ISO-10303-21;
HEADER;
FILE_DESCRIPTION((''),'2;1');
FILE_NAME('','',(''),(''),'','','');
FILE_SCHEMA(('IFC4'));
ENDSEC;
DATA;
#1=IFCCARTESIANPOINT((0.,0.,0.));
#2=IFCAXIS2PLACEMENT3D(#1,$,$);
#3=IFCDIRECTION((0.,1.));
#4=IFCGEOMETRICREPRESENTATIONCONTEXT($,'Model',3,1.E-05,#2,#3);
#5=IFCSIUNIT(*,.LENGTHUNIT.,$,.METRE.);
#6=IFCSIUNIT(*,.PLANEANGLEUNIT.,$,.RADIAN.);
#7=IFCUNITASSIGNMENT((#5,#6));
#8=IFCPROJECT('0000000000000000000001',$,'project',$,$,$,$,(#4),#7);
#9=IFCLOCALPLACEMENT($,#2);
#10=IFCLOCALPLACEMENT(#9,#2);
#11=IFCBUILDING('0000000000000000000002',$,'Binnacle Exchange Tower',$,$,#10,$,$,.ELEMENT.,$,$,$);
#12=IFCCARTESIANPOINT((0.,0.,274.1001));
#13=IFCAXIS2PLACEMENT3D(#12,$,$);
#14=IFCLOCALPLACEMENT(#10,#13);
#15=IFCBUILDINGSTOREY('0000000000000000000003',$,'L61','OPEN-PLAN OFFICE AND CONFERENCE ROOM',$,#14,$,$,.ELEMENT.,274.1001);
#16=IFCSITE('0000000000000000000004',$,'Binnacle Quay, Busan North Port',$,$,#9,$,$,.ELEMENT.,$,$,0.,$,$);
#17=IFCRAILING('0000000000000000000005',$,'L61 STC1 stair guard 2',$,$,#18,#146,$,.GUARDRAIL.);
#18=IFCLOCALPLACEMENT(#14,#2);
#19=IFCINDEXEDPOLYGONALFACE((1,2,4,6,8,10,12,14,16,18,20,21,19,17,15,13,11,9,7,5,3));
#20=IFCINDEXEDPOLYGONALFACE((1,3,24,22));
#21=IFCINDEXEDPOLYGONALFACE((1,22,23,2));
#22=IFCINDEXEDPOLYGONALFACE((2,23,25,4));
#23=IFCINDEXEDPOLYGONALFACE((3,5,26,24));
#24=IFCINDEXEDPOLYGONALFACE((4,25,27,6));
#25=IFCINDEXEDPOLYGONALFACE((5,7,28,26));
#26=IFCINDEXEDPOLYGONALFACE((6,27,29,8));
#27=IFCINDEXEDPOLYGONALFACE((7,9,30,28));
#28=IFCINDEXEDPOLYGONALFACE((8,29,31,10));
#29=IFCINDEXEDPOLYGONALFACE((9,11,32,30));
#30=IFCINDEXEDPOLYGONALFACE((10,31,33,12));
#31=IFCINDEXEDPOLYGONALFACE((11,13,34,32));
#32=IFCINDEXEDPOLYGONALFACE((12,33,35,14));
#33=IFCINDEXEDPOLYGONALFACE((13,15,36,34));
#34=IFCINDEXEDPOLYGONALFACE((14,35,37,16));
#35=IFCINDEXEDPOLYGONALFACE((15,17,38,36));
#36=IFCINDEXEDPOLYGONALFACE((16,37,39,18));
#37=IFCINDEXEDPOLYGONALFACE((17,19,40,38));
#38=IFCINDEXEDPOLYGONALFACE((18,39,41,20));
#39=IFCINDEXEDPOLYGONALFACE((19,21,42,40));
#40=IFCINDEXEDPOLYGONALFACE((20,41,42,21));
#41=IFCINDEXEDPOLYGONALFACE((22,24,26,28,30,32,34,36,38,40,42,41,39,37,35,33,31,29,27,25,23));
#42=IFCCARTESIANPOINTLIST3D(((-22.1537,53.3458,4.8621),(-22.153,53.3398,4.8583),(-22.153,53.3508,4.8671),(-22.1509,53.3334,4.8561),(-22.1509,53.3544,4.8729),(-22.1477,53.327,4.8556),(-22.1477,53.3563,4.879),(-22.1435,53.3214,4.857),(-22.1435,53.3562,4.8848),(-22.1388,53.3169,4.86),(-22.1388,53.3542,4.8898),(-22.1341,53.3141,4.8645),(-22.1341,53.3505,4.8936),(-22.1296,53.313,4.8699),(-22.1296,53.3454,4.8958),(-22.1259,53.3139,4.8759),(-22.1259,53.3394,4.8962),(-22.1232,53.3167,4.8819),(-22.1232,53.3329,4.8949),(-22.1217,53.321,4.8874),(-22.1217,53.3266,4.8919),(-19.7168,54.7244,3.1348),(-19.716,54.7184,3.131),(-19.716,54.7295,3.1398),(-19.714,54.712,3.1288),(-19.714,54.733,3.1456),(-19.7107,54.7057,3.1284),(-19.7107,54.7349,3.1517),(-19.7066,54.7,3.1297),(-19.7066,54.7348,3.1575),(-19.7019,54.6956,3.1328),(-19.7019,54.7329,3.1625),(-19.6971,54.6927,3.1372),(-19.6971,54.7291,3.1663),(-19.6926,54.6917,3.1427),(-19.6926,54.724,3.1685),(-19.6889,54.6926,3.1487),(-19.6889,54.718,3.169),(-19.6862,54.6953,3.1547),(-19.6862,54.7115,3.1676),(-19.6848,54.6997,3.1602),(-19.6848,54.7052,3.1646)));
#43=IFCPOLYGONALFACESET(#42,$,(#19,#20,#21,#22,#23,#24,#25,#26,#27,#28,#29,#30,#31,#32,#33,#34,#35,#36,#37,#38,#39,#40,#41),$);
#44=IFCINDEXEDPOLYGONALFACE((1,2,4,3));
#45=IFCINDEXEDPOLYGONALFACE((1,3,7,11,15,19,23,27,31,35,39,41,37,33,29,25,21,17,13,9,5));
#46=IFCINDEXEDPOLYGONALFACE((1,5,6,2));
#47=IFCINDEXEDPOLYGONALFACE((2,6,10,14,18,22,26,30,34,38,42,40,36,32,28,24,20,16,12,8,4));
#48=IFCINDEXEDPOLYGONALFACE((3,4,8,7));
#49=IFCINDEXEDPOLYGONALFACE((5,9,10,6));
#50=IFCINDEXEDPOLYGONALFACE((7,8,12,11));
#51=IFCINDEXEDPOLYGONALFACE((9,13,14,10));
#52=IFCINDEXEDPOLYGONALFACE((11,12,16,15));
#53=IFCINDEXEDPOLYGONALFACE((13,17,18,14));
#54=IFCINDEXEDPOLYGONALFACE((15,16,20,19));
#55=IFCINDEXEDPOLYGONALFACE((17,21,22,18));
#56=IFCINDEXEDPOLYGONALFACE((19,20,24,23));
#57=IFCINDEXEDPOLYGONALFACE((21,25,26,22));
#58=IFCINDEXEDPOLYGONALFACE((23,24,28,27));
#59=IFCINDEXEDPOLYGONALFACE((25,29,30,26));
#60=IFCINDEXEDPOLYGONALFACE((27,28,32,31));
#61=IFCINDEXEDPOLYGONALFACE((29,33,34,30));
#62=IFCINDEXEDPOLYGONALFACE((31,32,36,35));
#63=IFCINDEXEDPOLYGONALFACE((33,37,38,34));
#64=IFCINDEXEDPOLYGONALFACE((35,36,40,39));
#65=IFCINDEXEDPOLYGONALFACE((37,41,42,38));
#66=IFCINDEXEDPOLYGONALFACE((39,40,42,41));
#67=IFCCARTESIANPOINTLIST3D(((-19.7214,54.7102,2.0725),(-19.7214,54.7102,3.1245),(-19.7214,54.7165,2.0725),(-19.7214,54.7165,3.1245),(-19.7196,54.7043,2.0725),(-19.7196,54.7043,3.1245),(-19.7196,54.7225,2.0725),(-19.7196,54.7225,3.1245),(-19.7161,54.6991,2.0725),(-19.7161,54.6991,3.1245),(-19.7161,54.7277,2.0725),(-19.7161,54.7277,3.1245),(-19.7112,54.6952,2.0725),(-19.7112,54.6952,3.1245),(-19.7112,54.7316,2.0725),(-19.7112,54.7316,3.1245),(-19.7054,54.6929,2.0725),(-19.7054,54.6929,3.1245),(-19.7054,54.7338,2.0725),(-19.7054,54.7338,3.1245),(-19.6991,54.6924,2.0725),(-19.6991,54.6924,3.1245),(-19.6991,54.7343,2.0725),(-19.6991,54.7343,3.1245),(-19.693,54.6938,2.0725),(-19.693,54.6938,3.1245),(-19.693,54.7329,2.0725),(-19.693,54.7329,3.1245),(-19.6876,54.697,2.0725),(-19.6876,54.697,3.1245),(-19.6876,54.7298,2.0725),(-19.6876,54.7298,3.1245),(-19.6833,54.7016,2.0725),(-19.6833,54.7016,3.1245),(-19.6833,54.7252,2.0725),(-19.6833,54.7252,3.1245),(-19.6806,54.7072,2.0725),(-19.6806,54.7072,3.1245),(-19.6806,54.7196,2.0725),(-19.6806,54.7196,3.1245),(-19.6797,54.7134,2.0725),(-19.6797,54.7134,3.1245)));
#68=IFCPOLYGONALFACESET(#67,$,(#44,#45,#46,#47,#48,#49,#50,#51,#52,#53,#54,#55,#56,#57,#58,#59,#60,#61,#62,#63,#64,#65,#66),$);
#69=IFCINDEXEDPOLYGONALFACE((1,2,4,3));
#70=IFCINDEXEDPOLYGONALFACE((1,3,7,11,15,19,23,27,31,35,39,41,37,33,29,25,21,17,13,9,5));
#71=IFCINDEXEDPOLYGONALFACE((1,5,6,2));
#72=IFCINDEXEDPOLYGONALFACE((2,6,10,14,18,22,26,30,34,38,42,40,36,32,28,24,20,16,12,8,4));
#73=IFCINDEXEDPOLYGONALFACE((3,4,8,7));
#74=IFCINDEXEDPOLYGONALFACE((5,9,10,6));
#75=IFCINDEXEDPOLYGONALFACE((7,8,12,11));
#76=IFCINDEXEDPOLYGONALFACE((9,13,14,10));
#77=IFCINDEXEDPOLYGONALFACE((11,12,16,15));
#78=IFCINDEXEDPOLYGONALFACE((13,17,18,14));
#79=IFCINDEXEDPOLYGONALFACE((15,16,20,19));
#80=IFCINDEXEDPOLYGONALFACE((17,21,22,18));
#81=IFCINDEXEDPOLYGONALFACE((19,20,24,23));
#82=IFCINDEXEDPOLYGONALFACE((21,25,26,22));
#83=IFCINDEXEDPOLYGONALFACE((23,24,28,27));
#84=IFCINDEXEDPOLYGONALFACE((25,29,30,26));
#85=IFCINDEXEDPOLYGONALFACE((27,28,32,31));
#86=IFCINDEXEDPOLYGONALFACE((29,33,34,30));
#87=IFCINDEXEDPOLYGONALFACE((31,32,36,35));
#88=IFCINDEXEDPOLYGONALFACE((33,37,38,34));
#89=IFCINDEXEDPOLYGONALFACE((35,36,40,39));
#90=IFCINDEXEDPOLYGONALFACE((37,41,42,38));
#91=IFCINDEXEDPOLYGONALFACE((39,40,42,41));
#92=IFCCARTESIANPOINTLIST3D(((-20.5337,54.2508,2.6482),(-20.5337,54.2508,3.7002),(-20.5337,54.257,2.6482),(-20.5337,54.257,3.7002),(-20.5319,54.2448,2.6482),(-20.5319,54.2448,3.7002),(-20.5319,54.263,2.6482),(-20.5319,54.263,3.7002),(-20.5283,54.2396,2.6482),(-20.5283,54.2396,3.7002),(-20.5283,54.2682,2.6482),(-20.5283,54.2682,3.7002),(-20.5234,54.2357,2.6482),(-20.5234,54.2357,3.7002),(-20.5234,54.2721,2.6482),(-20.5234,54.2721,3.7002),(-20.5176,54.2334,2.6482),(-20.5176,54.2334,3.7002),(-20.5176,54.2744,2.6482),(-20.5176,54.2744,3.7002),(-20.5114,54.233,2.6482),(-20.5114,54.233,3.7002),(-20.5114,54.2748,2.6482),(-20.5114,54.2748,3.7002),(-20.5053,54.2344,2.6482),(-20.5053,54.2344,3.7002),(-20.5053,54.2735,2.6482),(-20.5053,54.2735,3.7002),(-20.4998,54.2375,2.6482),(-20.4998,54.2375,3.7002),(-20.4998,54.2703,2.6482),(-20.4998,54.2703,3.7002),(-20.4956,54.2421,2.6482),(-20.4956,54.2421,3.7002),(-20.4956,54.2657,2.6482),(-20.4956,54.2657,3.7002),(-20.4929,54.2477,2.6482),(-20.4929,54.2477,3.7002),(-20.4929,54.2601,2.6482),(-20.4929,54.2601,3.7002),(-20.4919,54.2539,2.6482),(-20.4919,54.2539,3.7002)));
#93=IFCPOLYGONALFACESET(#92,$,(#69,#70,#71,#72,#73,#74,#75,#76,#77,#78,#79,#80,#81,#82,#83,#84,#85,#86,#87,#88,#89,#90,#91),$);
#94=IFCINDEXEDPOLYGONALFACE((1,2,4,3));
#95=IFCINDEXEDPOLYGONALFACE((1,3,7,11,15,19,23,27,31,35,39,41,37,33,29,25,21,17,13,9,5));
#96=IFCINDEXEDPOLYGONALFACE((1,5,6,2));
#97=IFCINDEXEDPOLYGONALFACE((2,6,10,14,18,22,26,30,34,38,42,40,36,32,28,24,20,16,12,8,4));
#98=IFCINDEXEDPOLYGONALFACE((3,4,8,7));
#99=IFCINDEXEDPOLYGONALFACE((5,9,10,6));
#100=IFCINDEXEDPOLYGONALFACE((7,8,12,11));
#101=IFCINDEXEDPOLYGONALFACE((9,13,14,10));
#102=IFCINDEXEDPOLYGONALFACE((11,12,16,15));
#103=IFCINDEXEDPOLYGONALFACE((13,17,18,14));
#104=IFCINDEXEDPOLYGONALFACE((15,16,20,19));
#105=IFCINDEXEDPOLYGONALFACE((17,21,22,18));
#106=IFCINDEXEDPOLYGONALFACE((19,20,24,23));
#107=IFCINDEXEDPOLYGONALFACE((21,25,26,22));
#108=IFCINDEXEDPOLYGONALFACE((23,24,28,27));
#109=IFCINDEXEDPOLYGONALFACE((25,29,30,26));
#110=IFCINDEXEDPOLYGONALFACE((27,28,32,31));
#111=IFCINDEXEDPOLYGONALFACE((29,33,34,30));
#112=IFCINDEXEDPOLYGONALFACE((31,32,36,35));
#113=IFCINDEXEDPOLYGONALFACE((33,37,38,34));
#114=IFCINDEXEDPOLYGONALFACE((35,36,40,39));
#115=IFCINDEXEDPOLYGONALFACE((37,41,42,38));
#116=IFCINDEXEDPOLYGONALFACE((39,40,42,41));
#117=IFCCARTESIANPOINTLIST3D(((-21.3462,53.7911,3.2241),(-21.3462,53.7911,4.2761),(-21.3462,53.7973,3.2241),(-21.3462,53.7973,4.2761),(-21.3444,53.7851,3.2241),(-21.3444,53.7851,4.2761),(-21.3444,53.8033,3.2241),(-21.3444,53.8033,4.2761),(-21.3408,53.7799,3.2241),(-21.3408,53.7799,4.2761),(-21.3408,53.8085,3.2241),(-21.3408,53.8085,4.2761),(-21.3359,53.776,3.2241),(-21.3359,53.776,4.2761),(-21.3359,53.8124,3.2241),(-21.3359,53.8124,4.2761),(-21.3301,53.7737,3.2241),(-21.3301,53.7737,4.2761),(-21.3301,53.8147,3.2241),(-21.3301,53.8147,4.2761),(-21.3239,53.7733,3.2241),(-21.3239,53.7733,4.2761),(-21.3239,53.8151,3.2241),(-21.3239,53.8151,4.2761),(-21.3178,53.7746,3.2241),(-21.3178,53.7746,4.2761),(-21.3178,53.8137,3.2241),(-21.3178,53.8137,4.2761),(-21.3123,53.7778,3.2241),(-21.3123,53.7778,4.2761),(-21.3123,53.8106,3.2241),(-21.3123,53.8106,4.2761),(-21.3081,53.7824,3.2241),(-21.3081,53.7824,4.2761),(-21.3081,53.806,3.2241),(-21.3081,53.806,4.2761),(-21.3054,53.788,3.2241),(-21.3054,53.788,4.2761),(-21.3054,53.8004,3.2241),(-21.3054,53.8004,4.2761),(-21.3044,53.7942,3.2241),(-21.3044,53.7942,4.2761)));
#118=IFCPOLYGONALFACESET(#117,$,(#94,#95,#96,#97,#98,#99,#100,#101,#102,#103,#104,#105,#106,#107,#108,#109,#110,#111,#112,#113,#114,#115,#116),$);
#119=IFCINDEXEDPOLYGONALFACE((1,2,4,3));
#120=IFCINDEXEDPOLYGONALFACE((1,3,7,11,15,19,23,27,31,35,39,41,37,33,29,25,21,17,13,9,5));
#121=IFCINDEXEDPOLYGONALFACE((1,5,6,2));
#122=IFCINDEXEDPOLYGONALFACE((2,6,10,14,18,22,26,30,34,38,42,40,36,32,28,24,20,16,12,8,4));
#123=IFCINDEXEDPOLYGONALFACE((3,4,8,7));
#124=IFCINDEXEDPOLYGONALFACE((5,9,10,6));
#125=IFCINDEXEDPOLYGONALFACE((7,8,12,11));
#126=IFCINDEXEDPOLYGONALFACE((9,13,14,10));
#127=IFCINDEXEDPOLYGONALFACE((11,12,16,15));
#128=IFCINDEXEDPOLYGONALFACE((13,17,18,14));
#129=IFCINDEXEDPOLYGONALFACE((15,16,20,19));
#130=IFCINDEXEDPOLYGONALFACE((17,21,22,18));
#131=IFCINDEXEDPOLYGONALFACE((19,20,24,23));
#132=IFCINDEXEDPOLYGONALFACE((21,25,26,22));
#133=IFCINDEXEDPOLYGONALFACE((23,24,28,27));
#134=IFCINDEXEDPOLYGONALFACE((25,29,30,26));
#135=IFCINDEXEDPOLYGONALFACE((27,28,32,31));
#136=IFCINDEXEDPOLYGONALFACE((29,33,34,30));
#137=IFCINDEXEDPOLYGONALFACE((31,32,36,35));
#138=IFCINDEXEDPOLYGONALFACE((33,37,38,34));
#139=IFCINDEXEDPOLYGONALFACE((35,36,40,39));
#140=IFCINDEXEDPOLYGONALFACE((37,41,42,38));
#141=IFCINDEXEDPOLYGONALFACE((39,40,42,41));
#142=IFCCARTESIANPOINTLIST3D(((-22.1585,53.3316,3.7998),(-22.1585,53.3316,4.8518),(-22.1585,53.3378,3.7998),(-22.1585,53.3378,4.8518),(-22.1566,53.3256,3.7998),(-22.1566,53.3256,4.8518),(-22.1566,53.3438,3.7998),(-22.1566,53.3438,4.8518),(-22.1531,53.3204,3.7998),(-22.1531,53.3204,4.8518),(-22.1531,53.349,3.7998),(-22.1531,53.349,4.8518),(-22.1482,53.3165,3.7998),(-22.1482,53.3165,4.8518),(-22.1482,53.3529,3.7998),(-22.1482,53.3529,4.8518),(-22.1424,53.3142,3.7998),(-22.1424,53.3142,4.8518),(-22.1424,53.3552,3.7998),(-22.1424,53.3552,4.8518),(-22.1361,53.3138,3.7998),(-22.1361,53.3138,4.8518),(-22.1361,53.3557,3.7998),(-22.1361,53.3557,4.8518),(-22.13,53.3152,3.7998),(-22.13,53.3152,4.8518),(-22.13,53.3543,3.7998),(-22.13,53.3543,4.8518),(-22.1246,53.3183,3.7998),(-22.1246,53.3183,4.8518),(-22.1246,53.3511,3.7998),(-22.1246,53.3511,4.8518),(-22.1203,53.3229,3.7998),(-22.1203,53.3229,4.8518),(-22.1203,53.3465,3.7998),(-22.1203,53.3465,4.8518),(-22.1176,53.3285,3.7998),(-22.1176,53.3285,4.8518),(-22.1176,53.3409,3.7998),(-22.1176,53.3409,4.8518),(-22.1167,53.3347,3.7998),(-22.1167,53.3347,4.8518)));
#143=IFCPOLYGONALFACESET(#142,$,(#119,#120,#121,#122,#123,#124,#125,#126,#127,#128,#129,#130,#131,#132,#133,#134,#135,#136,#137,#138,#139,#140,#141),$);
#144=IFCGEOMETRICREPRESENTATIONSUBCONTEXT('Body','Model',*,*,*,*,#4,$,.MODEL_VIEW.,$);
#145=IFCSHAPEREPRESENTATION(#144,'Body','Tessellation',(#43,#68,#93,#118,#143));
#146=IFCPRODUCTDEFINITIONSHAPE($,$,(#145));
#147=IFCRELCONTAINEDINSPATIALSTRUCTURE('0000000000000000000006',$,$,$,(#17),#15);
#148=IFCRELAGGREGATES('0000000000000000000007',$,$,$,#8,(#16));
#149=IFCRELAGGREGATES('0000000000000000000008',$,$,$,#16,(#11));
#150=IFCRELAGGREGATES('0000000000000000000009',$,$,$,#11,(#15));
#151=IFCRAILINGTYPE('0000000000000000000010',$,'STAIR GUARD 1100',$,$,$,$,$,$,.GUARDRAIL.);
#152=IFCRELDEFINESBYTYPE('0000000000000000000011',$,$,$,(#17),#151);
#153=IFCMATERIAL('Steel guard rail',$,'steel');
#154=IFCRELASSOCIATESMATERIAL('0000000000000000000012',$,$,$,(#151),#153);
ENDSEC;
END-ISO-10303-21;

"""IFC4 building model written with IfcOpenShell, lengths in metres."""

from ifc_helpers import new_model, si_unit, direction, frame, origin, origin_2d, place, context, subcontext, project, spatial, circle, extrude, material, type_object, element, save


model = new_model("IFC4")

# Units and contexts
model_context = context("Model", 3, precision=1e-05, world=origin(), true_north=direction((0.0, 1.0)))
body_context = subcontext(model_context, "Body", "Model", "MODEL_VIEW")
ifc_project = project(units=[si_unit("LENGTHUNIT", "METRE"), si_unit("PLANEANGLEUNIT", "RADIAN")], contexts=[model_context])

# Site, building, storey
site_placement = place(None, origin())
site = spatial("IfcSite", under=ifc_project, at=site_placement, Name="Binnacle Quay, Busan North Port", CompositionType="ELEMENT", RefElevation=0.0)
building_placement = place(site_placement, origin())
building = spatial("IfcBuilding", under=site, at=building_placement, Name="Binnacle Exchange Tower", CompositionType="ELEMENT")
storey_placement = place(building_placement, frame((0.0, 0.0, 274.1001)))
storey = spatial("IfcBuildingStorey", under=building, at=storey_placement, Name="L61", Description="OPEN-PLAN OFFICE AND CONFERENCE ROOM", CompositionType="ELEMENT", Elevation=274.1001)

# Railing
ifc_material_1 = material(Name="Steel guard rail", Category="steel")
railing_type = type_object("IfcRailingType", Name="STAIR GUARD 1100", PredefinedType="GUARDRAIL", material=ifc_material_1)
railing_placement = place(storey_placement, frame((-19.7007, 54.7134, 2.0725)))
element("IfcRailing", 1, at=railing_placement, inside=storey, type_object=railing_type, Name="L61 STC1 stair guard 2", PredefinedType="GUARDRAIL", context=body_context, shape_type="SweptSolid", body=[
    extrude(circle(Radius=0.0239, at=origin_2d()), frame((0.0, 0.0, 1.0762), z_axis=(-0.740761, -0.419062, 0.525033), x_axis=(0.492388, -0.870376, 0.0)), (0.0, 0.0, 1.0), 3.2898),
    extrude(circle(Radius=0.021, at=origin_2d()), origin(), (0.0, 0.0, 1.0), 1.052),
    extrude(circle(Radius=0.021, at=origin_2d()), frame((-0.8123, -0.4595, 0.5757)), (0.0, 0.0, 1.0), 1.052),
    extrude(circle(Radius=0.021, at=origin_2d()), frame((-1.6248, -0.9192, 1.1516)), (0.0, 0.0, 1.0), 1.052),
    extrude(circle(Radius=0.021, at=origin_2d()), frame((-2.437, -1.3787, 1.7273)), (0.0, 0.0, 1.0), 1.052),
])

save(model, "model.ifc")
